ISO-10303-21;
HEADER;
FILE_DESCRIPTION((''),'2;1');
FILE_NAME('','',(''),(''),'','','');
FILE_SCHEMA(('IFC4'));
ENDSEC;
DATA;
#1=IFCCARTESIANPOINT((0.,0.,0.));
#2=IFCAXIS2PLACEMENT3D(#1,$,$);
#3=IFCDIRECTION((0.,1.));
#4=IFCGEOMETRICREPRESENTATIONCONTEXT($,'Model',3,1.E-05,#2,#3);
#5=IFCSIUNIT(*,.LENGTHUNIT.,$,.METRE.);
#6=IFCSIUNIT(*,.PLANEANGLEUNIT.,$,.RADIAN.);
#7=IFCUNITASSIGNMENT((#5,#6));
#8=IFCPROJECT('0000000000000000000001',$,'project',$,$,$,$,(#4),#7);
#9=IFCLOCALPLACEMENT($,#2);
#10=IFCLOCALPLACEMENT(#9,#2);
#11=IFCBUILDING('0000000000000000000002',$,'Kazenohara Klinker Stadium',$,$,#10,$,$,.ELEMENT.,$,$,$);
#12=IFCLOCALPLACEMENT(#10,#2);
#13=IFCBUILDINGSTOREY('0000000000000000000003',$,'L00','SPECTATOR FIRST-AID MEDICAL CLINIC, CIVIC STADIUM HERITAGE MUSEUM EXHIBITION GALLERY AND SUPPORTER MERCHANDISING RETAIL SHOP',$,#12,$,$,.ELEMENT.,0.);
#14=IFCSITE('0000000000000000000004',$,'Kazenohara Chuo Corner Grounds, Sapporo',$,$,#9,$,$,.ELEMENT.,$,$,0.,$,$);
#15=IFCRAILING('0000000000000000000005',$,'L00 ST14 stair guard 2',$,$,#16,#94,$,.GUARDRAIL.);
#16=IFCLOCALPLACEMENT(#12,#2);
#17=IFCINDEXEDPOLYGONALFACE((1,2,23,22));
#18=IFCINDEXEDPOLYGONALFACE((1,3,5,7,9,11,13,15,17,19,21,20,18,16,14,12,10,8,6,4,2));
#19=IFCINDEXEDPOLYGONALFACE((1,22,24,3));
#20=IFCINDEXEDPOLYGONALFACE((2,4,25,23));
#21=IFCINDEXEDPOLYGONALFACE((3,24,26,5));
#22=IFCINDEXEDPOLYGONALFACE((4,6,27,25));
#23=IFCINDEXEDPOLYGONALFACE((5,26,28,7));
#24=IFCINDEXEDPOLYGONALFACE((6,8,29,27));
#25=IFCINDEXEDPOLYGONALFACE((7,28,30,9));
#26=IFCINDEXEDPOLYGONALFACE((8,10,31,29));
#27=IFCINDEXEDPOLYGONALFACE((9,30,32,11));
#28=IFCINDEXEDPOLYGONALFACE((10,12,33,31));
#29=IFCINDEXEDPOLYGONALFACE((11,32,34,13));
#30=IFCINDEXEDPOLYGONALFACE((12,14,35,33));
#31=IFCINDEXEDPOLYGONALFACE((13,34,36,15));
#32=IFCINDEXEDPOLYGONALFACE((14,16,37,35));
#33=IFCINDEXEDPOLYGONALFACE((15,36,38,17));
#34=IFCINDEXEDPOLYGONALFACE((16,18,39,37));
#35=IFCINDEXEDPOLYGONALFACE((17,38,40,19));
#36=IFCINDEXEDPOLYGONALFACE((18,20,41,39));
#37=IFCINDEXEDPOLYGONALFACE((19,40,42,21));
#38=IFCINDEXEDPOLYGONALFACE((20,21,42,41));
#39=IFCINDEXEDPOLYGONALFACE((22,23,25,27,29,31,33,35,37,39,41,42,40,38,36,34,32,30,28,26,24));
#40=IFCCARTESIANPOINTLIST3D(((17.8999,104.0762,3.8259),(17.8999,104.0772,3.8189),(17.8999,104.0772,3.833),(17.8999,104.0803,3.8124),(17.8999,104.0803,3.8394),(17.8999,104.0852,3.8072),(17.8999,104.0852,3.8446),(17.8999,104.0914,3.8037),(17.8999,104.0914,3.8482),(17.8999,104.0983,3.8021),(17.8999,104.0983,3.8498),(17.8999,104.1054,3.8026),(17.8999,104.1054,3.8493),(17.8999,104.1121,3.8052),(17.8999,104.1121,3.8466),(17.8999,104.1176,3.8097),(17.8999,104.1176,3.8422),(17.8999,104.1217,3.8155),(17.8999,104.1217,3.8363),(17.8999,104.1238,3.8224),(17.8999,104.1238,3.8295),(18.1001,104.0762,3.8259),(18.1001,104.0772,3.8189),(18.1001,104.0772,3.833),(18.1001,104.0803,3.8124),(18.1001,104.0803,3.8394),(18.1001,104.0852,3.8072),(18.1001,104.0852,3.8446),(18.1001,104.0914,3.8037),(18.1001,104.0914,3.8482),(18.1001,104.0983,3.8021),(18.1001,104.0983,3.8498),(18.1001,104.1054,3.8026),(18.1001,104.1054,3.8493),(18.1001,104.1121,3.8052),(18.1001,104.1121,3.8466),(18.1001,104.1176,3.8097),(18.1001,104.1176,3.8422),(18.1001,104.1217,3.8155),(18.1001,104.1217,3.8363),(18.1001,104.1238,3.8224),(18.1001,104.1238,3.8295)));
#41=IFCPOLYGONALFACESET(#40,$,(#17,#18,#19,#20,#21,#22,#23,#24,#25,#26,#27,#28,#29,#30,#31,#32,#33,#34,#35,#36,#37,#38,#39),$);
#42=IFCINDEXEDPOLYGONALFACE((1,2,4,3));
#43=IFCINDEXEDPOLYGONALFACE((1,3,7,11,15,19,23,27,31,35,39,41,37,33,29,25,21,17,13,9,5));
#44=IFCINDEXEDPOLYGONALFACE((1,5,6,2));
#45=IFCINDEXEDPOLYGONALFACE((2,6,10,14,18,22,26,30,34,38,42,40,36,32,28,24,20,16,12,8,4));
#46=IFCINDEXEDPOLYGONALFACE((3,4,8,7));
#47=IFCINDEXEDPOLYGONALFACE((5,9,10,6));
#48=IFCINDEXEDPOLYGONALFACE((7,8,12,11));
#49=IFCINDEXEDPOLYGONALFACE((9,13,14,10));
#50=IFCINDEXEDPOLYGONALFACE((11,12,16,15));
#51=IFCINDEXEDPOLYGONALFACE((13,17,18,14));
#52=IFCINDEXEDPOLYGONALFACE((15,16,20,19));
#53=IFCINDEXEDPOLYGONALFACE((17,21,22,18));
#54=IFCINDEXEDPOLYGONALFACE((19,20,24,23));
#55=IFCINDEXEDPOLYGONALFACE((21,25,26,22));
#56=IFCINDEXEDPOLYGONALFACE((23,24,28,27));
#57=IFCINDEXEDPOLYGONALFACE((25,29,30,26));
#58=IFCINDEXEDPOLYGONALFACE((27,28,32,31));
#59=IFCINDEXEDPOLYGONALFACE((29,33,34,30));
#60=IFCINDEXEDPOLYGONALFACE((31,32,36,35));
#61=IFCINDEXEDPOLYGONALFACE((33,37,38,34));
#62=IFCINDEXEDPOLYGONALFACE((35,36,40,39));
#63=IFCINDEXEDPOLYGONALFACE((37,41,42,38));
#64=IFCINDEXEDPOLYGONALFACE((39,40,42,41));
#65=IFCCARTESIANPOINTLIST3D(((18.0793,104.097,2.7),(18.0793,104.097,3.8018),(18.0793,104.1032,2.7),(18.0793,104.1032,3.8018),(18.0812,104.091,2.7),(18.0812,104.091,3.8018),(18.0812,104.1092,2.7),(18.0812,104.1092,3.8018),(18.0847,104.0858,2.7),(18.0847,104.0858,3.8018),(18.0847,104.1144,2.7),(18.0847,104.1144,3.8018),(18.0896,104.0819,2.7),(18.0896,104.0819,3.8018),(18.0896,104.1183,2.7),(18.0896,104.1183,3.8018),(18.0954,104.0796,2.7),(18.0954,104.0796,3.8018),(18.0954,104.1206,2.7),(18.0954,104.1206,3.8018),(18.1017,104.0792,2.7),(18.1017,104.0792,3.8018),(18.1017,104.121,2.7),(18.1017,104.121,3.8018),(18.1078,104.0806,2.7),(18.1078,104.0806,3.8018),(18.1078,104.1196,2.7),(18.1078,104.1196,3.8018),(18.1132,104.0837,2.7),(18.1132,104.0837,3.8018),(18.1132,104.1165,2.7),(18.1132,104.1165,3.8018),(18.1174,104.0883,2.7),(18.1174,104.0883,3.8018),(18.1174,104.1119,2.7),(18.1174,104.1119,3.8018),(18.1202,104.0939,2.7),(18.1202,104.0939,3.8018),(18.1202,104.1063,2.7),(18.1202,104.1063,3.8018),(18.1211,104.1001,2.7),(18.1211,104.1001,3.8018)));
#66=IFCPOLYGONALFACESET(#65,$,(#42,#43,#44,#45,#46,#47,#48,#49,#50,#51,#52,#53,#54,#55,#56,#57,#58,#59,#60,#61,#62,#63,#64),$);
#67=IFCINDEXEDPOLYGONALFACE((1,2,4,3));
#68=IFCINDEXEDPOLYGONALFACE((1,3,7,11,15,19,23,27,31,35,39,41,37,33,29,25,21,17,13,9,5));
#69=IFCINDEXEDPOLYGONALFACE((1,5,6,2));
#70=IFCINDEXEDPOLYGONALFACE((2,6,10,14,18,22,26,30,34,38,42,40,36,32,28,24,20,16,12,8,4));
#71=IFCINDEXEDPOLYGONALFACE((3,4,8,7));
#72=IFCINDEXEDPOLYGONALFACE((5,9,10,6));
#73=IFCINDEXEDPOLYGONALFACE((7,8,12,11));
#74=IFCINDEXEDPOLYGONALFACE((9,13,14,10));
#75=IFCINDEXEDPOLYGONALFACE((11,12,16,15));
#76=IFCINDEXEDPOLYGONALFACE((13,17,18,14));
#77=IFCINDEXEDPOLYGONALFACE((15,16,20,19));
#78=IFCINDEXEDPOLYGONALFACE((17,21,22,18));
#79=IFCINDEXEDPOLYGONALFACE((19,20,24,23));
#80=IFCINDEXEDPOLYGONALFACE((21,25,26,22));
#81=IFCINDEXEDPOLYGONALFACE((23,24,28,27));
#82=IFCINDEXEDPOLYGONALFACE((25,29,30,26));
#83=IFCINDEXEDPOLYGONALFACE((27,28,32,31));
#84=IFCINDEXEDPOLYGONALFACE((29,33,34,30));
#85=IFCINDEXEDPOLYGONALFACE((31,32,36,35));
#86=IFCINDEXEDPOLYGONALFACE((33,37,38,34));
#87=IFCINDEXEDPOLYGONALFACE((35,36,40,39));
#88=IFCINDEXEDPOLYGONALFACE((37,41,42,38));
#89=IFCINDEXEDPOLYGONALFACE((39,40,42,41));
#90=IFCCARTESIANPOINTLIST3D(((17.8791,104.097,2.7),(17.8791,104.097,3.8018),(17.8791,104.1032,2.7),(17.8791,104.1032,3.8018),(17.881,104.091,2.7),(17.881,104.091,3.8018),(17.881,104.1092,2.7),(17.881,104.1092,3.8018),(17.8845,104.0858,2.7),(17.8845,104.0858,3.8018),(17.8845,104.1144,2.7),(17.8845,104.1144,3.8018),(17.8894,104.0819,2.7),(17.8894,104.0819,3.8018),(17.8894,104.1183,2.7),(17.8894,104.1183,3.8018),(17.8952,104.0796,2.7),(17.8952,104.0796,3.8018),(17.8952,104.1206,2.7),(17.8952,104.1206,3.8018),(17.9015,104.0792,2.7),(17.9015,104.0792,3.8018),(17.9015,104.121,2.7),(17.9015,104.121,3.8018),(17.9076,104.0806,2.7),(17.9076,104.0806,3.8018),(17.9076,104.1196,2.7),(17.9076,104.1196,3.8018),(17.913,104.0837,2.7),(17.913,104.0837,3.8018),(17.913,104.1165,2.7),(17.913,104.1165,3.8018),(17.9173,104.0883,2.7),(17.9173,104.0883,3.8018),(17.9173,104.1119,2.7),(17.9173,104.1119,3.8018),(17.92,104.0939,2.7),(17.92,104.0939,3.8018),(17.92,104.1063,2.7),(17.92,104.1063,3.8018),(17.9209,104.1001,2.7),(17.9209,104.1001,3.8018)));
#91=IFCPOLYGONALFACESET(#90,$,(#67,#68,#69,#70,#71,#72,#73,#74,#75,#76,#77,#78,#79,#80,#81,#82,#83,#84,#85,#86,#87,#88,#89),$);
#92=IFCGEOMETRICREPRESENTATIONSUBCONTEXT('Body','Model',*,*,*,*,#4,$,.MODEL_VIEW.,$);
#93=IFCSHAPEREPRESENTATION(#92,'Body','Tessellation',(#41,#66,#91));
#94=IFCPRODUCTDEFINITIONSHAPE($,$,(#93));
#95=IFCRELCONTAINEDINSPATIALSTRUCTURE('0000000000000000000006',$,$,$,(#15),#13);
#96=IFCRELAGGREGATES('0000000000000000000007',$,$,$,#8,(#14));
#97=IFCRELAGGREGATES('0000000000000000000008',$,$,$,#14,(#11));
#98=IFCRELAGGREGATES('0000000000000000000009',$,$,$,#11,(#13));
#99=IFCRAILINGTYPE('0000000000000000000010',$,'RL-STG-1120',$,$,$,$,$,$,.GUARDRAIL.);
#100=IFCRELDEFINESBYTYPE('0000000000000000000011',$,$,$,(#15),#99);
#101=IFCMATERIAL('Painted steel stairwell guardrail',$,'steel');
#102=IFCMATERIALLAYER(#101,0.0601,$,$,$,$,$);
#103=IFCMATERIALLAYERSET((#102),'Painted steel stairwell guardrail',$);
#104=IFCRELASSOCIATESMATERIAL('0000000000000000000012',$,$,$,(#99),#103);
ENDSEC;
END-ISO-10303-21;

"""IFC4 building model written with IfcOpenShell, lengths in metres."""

from ifc_helpers import new_model, si_unit, direction, frame, origin, origin_2d, place, context, subcontext, project, spatial, circle, extrude, material, layer, layer_set, type_object, element, save


model = new_model("IFC4")

# Units and contexts
model_context = context("Model", 3, precision=1e-05, world=origin(), true_north=direction((0.0, 1.0)))
body_context = subcontext(model_context, "Body", "Model", "MODEL_VIEW")
ifc_project = project(units=[si_unit("LENGTHUNIT", "METRE"), si_unit("PLANEANGLEUNIT", "RADIAN")], contexts=[model_context])

# Site, building, storey
site_placement = place(None, origin())
site = spatial("IfcSite", under=ifc_project, at=site_placement, Name="Kazenohara Chuo Corner Grounds, Sapporo", CompositionType="ELEMENT", RefElevation=0.0)
building_placement = place(site_placement, origin())
building = spatial("IfcBuilding", under=site, at=building_placement, Name="Kazenohara Klinker Stadium", CompositionType="ELEMENT")
storey_placement = place(building_placement, origin())
storey = spatial("IfcBuildingStorey", under=building, at=storey_placement, Name="L00", Description="SPECTATOR FIRST-AID MEDICAL CLINIC, CIVIC STADIUM HERITAGE MUSEUM EXHIBITION GALLERY AND SUPPORTER MERCHANDISING RETAIL SHOP", CompositionType="ELEMENT", Elevation=0.0)

# Railing
ifc_material_1 = material(Name="Painted steel stairwell guardrail", Category="steel")
ifc_layer_1 = layer(ifc_material_1, 0.0601)
ifc_layer_set_1 = layer_set([ifc_layer_1], Name="Painted steel stairwell guardrail")
railing_type_1 = type_object("IfcRailingType", Name="RL-STG-1120", PredefinedType="GUARDRAIL", material=ifc_layer_set_1)
railing_1_placement = place(storey_placement, frame((18.1001, 104.1001, 2.7)))
element("IfcRailing", 1, at=railing_1_placement, inside=storey, type_object=railing_type_1, Name="L00 ST14 stair guard 2", PredefinedType="GUARDRAIL", context=body_context, shape_type="SweptSolid", body=[
    extrude(circle(Radius=0.0239, at=origin_2d()), frame((0.0, 0.0, 1.126), z_axis=(-1.0, 0.0, 0.0), x_axis=(0.0, -1.0, 0.0)), (0.0, 0.0, 1.0), 0.2002),
    extrude(circle(Radius=0.021, at=origin_2d()), origin(), (0.0, 0.0, 1.0), 1.1018),
    extrude(circle(Radius=0.021, at=origin_2d()), frame((-0.2002, 0.0, 0.0)), (0.0, 0.0, 1.0), 1.1018),
])

save(model, "model.ifc")
